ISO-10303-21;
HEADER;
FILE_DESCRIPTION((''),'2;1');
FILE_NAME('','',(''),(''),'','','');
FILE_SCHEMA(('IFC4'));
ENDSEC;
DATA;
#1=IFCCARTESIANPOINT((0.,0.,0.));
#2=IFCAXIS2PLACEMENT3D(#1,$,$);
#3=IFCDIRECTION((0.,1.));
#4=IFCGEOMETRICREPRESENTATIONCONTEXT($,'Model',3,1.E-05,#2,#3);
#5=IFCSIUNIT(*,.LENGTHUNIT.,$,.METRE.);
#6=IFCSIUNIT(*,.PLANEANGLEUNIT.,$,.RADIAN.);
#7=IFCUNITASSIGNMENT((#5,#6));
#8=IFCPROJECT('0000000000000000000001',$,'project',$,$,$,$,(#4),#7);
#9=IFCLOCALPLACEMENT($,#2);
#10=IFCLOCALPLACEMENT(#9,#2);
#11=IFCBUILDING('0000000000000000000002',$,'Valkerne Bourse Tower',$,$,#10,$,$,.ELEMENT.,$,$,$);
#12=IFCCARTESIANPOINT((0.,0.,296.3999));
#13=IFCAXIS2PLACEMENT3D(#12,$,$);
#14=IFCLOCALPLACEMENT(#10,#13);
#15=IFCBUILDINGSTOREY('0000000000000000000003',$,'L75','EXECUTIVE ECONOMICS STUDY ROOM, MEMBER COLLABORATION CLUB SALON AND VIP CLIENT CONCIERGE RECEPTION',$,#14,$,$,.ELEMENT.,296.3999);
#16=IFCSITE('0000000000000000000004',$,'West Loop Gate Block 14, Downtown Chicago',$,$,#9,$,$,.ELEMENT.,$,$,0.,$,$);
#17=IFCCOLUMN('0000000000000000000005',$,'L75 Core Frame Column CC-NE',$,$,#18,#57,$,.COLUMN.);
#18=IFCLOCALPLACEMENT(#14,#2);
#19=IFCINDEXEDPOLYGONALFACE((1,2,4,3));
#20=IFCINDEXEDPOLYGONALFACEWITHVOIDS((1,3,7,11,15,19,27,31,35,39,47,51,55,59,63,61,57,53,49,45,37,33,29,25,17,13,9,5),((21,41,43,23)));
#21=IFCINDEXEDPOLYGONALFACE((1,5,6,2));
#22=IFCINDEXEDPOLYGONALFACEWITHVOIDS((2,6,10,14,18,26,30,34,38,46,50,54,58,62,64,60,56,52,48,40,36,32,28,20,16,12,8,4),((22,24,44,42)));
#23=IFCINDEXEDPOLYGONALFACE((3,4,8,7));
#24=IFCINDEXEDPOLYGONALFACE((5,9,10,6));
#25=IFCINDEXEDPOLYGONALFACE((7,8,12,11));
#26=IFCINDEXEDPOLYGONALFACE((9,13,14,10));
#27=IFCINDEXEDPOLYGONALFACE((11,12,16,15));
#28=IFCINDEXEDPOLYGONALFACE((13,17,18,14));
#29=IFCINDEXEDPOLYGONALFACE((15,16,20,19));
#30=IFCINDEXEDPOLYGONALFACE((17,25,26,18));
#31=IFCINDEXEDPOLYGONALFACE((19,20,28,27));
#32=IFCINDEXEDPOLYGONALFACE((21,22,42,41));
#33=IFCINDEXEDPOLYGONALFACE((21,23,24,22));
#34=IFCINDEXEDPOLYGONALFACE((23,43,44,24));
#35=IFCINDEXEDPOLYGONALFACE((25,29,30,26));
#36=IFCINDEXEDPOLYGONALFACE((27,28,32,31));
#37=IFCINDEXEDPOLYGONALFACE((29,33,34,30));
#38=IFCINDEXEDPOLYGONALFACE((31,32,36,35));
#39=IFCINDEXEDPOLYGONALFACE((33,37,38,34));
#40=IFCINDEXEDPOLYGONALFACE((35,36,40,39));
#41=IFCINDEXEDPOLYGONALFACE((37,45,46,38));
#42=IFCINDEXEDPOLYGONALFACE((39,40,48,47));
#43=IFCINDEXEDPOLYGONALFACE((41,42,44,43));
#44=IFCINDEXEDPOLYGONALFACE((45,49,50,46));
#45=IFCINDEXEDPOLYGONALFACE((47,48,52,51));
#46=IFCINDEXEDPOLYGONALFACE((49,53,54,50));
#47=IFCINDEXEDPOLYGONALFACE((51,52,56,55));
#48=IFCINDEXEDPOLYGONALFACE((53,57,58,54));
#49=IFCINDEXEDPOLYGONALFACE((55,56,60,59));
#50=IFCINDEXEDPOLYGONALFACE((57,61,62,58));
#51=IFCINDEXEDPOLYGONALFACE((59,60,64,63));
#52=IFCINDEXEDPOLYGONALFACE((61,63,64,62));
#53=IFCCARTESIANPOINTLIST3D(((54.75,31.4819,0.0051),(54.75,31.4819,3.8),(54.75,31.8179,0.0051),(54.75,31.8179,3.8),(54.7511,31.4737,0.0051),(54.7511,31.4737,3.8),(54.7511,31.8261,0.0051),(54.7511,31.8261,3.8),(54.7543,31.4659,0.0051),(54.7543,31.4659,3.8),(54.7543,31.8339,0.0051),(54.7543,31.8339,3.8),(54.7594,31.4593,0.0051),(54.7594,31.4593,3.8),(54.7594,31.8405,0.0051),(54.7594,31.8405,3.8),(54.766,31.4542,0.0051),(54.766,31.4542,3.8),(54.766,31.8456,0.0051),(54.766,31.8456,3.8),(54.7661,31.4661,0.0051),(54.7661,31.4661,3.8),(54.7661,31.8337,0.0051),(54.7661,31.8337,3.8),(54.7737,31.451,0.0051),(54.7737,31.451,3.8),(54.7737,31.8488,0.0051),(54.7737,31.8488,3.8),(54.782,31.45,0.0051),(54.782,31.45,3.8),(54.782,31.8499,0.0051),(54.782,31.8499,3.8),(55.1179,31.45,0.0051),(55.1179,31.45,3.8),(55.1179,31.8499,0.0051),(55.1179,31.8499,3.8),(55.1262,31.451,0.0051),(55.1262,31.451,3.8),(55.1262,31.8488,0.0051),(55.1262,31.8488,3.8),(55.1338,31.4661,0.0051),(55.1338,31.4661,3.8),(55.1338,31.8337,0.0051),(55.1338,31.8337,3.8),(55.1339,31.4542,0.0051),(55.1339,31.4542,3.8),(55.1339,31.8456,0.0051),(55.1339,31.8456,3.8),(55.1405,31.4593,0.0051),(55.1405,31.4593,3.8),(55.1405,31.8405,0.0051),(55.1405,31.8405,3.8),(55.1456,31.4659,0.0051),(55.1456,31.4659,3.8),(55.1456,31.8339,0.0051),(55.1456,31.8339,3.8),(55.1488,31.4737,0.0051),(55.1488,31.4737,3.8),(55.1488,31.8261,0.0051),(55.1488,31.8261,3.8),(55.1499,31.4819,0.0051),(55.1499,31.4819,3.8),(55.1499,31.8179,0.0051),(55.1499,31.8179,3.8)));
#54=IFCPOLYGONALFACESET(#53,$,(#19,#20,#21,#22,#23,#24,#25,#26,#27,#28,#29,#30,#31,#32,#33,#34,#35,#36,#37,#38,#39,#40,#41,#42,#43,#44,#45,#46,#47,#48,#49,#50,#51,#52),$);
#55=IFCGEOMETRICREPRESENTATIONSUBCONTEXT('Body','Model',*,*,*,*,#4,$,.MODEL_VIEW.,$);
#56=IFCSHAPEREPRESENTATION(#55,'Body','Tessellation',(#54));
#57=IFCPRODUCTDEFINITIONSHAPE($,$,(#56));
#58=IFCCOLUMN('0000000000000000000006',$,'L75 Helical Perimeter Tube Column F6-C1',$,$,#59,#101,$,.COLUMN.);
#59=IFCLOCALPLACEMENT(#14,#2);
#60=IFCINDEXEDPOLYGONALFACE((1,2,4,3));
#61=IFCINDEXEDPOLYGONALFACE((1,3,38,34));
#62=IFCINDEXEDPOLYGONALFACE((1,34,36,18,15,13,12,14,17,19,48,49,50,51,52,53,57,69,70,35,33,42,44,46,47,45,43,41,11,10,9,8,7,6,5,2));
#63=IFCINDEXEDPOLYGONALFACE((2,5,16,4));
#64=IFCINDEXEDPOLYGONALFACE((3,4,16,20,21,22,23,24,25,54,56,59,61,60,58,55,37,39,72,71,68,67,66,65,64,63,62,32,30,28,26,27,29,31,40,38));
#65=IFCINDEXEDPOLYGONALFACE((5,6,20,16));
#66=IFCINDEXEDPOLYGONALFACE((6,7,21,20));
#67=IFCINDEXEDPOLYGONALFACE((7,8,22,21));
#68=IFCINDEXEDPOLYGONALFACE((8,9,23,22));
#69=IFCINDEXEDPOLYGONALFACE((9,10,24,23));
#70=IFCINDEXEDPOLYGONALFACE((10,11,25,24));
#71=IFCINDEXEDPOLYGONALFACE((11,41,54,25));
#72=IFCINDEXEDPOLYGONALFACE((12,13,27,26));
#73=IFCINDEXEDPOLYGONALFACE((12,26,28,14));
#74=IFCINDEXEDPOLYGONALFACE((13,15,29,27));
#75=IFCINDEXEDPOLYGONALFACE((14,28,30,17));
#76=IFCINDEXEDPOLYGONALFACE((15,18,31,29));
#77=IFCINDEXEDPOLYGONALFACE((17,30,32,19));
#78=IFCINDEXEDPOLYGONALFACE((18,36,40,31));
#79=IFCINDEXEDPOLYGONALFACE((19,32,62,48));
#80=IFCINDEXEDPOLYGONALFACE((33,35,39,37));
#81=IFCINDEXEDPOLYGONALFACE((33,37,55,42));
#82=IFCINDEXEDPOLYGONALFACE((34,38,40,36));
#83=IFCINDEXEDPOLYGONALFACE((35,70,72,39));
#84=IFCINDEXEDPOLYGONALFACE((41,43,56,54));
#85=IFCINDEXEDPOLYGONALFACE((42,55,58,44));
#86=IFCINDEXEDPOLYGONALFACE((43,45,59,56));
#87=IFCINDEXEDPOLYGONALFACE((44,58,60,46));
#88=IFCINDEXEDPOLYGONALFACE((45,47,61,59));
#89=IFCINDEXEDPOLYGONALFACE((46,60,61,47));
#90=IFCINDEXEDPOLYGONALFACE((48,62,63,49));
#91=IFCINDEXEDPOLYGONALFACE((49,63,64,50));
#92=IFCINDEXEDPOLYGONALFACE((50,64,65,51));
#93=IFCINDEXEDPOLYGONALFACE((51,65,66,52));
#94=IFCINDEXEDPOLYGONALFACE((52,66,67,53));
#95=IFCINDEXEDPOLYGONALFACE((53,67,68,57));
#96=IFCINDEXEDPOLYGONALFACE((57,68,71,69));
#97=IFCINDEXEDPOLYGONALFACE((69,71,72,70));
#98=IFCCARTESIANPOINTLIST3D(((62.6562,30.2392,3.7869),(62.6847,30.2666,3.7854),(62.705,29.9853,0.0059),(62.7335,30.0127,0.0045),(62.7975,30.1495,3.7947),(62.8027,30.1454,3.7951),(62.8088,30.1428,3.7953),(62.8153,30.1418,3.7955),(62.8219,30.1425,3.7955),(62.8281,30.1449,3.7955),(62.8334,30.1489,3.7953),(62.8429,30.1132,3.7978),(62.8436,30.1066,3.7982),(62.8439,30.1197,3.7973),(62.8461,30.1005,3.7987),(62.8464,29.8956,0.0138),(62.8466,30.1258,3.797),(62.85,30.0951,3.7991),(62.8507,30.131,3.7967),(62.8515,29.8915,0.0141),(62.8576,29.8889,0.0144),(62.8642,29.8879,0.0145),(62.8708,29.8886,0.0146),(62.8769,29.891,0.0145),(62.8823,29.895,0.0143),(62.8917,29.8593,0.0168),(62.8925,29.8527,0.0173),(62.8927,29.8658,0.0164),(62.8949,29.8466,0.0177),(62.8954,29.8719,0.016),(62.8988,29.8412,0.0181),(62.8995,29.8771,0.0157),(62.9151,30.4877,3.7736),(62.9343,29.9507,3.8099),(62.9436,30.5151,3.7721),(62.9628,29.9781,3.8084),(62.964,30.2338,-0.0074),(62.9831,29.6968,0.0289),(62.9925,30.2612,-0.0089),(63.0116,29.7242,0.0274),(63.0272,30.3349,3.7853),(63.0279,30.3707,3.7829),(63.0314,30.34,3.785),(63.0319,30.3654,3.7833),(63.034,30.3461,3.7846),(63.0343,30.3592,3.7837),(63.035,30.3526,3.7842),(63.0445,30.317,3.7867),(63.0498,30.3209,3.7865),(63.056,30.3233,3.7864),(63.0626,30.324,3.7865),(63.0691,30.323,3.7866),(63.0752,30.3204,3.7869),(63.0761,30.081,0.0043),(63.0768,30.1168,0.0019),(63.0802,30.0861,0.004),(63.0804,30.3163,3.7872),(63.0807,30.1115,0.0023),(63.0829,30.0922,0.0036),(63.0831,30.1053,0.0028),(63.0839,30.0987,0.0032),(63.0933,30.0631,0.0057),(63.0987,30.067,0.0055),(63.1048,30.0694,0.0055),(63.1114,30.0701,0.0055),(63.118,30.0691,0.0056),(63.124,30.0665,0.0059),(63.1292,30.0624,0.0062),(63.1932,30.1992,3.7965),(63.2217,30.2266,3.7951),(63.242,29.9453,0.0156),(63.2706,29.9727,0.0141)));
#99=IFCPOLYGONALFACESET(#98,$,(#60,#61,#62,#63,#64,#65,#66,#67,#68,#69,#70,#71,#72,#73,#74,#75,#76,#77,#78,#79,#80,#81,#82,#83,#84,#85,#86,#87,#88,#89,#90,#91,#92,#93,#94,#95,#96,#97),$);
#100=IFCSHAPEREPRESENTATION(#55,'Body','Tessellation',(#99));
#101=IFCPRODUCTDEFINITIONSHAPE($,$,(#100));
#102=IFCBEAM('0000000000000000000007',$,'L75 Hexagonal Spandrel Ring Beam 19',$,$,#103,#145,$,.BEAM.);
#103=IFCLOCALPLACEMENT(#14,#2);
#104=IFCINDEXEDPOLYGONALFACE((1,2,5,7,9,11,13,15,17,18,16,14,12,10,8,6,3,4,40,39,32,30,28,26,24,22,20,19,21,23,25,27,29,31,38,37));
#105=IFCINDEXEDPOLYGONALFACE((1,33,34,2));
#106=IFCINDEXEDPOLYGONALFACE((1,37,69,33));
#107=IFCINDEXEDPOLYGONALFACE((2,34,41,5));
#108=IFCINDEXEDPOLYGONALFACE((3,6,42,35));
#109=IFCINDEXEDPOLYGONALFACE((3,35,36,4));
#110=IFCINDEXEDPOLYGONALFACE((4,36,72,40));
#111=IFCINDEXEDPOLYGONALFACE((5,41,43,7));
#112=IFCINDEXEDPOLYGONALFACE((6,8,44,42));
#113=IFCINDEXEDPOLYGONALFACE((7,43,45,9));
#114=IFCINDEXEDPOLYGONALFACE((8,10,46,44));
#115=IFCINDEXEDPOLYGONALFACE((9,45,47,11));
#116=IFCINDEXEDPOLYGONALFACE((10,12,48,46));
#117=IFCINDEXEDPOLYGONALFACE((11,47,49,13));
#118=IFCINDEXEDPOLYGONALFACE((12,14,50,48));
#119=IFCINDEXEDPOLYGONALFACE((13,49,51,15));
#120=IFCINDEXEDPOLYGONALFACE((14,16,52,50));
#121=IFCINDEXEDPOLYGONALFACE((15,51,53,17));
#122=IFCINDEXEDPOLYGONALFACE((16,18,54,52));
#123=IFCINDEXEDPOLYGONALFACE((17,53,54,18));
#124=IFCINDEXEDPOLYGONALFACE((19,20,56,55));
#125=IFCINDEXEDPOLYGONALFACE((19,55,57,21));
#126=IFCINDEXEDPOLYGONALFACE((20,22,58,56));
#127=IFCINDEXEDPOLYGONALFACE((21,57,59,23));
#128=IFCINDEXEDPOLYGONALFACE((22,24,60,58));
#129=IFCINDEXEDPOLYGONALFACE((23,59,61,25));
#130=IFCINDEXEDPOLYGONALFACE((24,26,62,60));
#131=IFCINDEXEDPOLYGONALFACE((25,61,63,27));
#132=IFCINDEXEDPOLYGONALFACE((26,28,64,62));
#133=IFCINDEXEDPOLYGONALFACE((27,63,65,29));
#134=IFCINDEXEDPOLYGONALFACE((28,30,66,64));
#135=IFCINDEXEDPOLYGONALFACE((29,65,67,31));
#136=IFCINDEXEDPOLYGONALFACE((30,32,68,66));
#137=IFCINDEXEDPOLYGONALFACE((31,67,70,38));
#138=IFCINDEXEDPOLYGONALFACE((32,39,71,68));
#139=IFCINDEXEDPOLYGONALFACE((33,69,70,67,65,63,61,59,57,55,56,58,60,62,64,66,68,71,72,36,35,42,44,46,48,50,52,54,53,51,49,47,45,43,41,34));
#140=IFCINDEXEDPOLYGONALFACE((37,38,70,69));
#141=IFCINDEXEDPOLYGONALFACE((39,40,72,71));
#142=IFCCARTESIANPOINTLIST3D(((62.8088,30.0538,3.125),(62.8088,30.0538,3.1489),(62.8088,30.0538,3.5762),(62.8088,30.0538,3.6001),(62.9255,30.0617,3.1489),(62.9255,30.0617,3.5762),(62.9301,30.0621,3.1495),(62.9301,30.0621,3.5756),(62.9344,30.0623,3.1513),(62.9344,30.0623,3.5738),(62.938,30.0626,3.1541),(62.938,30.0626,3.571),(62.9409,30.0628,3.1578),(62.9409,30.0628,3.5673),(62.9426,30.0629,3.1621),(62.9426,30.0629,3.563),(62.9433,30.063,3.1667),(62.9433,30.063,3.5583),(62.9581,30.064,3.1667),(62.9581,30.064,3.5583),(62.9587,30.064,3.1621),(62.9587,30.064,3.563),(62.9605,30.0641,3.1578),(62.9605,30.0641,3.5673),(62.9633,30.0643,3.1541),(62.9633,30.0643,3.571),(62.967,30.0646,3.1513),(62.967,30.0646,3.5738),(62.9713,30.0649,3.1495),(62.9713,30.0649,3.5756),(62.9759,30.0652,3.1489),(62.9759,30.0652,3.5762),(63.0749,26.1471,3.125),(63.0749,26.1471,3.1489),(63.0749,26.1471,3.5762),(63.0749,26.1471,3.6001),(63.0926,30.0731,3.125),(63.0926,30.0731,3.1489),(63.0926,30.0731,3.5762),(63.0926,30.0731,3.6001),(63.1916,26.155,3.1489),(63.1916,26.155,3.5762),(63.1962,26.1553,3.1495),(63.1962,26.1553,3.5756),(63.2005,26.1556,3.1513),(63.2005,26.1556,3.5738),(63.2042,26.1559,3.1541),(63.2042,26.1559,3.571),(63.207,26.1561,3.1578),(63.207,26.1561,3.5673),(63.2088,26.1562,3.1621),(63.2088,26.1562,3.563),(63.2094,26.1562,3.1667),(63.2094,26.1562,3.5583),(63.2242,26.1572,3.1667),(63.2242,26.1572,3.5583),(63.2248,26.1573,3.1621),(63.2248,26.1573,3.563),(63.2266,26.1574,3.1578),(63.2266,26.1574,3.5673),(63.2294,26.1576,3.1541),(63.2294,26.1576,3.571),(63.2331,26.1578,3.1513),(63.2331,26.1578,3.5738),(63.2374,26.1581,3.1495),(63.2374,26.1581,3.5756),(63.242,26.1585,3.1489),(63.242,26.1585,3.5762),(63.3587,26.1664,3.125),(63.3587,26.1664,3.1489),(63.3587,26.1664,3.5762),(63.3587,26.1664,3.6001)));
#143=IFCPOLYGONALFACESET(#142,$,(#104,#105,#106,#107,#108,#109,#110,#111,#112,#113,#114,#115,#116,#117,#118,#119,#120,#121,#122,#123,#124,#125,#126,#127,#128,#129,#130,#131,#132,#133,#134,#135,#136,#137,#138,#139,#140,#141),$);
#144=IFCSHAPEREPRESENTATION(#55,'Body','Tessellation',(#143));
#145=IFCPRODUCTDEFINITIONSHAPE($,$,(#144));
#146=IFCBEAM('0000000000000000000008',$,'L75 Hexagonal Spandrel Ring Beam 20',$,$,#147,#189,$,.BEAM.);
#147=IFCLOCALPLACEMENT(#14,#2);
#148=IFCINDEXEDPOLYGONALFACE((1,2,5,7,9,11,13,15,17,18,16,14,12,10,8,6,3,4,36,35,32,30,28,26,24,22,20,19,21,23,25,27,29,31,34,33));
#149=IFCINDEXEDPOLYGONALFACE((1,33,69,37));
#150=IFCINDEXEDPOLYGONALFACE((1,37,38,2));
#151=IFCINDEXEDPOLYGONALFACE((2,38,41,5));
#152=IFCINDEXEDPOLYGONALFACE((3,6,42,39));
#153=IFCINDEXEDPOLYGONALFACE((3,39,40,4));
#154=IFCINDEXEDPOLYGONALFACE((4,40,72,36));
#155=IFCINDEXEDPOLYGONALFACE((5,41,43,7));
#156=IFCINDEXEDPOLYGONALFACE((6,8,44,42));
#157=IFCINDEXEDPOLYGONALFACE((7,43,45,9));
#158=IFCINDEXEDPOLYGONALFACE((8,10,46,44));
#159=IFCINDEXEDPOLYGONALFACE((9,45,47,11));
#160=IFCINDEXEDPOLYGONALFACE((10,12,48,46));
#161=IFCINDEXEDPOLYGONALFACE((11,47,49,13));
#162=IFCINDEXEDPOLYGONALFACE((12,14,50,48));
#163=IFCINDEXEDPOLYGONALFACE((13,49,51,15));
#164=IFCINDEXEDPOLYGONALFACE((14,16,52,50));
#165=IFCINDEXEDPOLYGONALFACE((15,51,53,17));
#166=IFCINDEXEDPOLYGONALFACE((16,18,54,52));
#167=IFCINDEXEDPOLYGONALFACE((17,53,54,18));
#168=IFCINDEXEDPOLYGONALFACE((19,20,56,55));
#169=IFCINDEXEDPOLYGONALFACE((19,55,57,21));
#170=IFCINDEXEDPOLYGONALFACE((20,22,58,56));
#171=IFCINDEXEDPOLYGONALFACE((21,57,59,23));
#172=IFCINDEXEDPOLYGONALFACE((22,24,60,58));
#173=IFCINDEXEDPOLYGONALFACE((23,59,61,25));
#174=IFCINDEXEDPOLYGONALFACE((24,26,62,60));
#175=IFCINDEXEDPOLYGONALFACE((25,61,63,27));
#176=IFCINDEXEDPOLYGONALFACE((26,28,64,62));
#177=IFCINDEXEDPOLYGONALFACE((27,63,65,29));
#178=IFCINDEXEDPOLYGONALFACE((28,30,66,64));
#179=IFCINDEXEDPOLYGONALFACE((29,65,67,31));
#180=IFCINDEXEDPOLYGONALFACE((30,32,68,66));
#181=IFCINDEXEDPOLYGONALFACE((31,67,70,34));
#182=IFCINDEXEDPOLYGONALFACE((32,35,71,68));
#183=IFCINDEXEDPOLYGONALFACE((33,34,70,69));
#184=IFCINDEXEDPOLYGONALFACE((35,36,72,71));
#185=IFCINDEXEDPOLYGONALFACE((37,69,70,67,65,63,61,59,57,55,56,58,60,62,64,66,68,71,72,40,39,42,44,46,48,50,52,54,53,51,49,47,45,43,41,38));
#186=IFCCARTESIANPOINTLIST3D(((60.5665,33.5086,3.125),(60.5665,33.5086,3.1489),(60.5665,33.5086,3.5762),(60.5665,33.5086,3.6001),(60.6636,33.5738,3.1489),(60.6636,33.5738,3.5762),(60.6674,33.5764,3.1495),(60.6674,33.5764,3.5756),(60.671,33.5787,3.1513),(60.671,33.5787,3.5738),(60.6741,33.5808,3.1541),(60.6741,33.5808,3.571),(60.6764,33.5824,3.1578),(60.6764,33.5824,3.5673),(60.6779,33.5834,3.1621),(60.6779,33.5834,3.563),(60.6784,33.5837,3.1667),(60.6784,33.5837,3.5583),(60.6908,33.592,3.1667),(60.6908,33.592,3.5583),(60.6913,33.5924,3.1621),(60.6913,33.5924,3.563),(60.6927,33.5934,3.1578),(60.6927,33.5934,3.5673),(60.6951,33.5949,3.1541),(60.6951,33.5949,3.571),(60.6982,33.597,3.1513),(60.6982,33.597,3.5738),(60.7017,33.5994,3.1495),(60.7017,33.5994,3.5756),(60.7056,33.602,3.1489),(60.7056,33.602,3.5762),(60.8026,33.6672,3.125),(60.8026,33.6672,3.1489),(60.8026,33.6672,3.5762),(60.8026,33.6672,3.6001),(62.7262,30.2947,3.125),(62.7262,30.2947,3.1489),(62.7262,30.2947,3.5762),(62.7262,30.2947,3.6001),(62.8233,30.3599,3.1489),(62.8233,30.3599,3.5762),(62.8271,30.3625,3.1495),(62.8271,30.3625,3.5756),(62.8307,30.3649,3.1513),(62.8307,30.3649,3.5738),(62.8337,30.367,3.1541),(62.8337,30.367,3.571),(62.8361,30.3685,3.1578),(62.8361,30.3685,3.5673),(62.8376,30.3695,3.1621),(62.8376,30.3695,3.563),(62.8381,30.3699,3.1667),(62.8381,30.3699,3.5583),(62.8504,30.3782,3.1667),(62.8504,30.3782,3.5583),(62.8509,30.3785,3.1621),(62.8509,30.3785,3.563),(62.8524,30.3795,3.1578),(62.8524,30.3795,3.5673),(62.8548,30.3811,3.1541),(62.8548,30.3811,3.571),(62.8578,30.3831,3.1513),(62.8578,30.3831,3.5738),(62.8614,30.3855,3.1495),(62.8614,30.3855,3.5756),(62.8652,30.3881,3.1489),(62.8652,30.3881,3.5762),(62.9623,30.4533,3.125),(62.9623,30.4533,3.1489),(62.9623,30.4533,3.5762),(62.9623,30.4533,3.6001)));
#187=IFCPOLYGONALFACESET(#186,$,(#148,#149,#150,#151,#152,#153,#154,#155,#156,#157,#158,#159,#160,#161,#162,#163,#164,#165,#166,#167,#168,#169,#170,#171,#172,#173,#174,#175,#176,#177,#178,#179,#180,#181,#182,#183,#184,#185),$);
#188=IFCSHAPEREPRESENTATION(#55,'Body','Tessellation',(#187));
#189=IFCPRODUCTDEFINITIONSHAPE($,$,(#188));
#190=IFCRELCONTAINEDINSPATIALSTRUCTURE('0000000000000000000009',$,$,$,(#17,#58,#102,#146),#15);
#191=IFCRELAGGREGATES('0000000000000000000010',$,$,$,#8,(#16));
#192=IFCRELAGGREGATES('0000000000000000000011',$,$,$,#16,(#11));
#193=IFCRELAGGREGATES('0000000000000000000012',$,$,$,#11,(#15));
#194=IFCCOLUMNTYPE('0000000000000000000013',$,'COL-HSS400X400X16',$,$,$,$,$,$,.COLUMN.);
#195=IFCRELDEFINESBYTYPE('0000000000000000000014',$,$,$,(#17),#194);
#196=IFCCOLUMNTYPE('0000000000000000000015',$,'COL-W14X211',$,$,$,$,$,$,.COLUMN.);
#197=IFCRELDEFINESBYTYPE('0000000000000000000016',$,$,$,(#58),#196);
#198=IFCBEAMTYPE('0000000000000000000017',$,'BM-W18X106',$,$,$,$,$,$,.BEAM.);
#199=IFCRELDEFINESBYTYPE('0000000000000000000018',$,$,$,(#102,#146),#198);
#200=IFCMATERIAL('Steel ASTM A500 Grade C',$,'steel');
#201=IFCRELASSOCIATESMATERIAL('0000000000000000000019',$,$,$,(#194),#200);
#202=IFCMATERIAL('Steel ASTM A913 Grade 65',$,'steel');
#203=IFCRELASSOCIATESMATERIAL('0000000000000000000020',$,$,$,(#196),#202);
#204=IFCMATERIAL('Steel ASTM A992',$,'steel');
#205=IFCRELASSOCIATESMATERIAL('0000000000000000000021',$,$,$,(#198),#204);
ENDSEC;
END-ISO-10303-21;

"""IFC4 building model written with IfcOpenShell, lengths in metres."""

from ifc_helpers import new_model, si_unit, direction, frame, origin, origin_2d, place, context, subcontext, project, spatial, hollow_rectangle, i_section, extrude, material, material_profile, profile_set, type_object, element, save


model = new_model("IFC4")

# Units and contexts
model_context = context("Model", 3, precision=1e-05, world=origin(), true_north=direction((0.0, 1.0)))
body_context = subcontext(model_context, "Body", "Model", "MODEL_VIEW")
ifc_project = project(units=[si_unit("LENGTHUNIT", "METRE"), si_unit("PLANEANGLEUNIT", "RADIAN")], contexts=[model_context])

# Site, building, storey
site_placement = place(None, origin())
site = spatial("IfcSite", under=ifc_project, at=site_placement, Name="West Loop Gate Block 14, Downtown Chicago", CompositionType="ELEMENT", RefElevation=0.0)
building_placement = place(site_placement, origin())
building = spatial("IfcBuilding", under=site, at=building_placement, Name="Valkerne Bourse Tower", CompositionType="ELEMENT")
storey_placement = place(building_placement, frame((0.0, 0.0, 296.3999)))
storey = spatial("IfcBuildingStorey", under=building, at=storey_placement, Name="L75", Description="EXECUTIVE ECONOMICS STUDY ROOM, MEMBER COLLABORATION CLUB SALON AND VIP CLIENT CONCIERGE RECEPTION", CompositionType="ELEMENT", Elevation=296.3999)

# Columns
ifc_material_1 = material(Name="Steel ASTM A500 Grade C", Category="steel")
ifc_material_profile_1 = material_profile(ifc_material_1, hollow_rectangle(XDim=0.3999, YDim=0.3999, WallThickness=0.0161, OuterFilletRadius=0.032, at=origin_2d()), Name="HSS400X400X16")
ifc_profile_set_1 = profile_set([ifc_material_profile_1], Name="Steel ASTM A500 Grade C")
column_type_1 = type_object("IfcColumnType", Name="COL-HSS400X400X16", PredefinedType="COLUMN", material=ifc_profile_set_1)
column_1_placement = place(storey_placement, frame((54.95, 31.6499, 0.0051), z_axis=(0.0, 0.0, 1.0), x_axis=(1.0, 0.0, 0.0)))
element("IfcColumn", 1, at=column_1_placement, inside=storey, type_object=column_type_1, Name="L75 Core Frame Column CC-NE", PredefinedType="COLUMN", context=body_context, shape_type="SweptSolid", body=[
    extrude(hollow_rectangle(XDim=0.3999, YDim=0.3999, WallThickness=0.0161, OuterFilletRadius=0.032, at=origin_2d()), origin(), (0.0, 0.0, 1.0), 3.7949),
])
ifc_material_2 = material(Name="Steel ASTM A913 Grade 65", Category="steel")
ifc_material_profile_2 = material_profile(ifc_material_2, i_section(OverallWidth=0.4014, OverallDepth=0.3987, WebThickness=0.0249, FlangeThickness=0.0396, FilletRadius=0.0254, at=origin_2d()), Name="W14X211")
ifc_profile_set_2 = profile_set([ifc_material_profile_2], Name="Steel ASTM A913 Grade 65")
column_type_2 = type_object("IfcColumnType", Name="COL-W14X211", PredefinedType="COLUMN", material=ifc_profile_set_2)
column_2_placement = place(storey_placement, frame((62.9878, 29.979, 0.01), z_axis=(-0.012884, 0.066997, 0.99767), x_axis=(0.692851, -0.718807, 0.057218)))
element("IfcColumn", 2, at=column_2_placement, inside=storey, type_object=column_type_2, Name="L75 Helical Perimeter Tube Column F6-C1", PredefinedType="COLUMN", context=body_context, shape_type="SweptSolid", body=[
    extrude(i_section(OverallWidth=0.4014, OverallDepth=0.3987, WebThickness=0.0249, FlangeThickness=0.0396, FilletRadius=0.0254, at=origin_2d()), origin(), (0.0, 0.0, 1.0), 3.7898),
])

# Beams
ifc_material_3 = material(Name="Steel ASTM A992", Category="steel")
ifc_material_profile_3 = material_profile(ifc_material_3, i_section(OverallWidth=0.2844, OverallDepth=0.4751, WebThickness=0.0149, FlangeThickness=0.0239, FilletRadius=0.0178, at=origin_2d()), Name="W18X106")
ifc_profile_set_3 = profile_set([ifc_material_profile_3], Name="Steel ASTM A992")
beam_type_1 = type_object("IfcBeamType", Name="BM-W18X106", PredefinedType="BEAM", material=ifc_profile_set_3)
beam_1_placement = place(storey_placement, frame((63.2168, 26.1567, 3.3625), z_axis=(-0.067959, 0.997688, 0.0), x_axis=(-0.997688, -0.067959, 0.0)))
element("IfcBeam", 3, at=beam_1_placement, inside=storey, type_object=beam_type_1, Name="L75 Hexagonal Spandrel Ring Beam 19", PredefinedType="BEAM", context=body_context, shape_type="SweptSolid", body=[
    extrude(i_section(OverallWidth=0.2844, OverallDepth=0.4751, WebThickness=0.0149, FlangeThickness=0.0239, FilletRadius=0.0178, at=origin_2d()), origin(), (0.0, 0.0, 1.0), 3.9158),
])
beam_2_placement = place(storey_placement, frame((62.8442, 30.374, 3.3625), z_axis=(-0.557752, 0.830008, 0.0), x_axis=(-0.830008, -0.557752, 0.0)))
element("IfcBeam", 4, at=beam_2_placement, inside=storey, type_object=beam_type_1, Name="L75 Hexagonal Spandrel Ring Beam 20", PredefinedType="BEAM", context=body_context, shape_type="SweptSolid", body=[
    extrude(i_section(OverallWidth=0.2844, OverallDepth=0.4751, WebThickness=0.0149, FlangeThickness=0.0239, FilletRadius=0.0178, at=origin_2d()), origin(), (0.0, 0.0, 1.0), 3.8721),
])

save(model, "model.ifc")
